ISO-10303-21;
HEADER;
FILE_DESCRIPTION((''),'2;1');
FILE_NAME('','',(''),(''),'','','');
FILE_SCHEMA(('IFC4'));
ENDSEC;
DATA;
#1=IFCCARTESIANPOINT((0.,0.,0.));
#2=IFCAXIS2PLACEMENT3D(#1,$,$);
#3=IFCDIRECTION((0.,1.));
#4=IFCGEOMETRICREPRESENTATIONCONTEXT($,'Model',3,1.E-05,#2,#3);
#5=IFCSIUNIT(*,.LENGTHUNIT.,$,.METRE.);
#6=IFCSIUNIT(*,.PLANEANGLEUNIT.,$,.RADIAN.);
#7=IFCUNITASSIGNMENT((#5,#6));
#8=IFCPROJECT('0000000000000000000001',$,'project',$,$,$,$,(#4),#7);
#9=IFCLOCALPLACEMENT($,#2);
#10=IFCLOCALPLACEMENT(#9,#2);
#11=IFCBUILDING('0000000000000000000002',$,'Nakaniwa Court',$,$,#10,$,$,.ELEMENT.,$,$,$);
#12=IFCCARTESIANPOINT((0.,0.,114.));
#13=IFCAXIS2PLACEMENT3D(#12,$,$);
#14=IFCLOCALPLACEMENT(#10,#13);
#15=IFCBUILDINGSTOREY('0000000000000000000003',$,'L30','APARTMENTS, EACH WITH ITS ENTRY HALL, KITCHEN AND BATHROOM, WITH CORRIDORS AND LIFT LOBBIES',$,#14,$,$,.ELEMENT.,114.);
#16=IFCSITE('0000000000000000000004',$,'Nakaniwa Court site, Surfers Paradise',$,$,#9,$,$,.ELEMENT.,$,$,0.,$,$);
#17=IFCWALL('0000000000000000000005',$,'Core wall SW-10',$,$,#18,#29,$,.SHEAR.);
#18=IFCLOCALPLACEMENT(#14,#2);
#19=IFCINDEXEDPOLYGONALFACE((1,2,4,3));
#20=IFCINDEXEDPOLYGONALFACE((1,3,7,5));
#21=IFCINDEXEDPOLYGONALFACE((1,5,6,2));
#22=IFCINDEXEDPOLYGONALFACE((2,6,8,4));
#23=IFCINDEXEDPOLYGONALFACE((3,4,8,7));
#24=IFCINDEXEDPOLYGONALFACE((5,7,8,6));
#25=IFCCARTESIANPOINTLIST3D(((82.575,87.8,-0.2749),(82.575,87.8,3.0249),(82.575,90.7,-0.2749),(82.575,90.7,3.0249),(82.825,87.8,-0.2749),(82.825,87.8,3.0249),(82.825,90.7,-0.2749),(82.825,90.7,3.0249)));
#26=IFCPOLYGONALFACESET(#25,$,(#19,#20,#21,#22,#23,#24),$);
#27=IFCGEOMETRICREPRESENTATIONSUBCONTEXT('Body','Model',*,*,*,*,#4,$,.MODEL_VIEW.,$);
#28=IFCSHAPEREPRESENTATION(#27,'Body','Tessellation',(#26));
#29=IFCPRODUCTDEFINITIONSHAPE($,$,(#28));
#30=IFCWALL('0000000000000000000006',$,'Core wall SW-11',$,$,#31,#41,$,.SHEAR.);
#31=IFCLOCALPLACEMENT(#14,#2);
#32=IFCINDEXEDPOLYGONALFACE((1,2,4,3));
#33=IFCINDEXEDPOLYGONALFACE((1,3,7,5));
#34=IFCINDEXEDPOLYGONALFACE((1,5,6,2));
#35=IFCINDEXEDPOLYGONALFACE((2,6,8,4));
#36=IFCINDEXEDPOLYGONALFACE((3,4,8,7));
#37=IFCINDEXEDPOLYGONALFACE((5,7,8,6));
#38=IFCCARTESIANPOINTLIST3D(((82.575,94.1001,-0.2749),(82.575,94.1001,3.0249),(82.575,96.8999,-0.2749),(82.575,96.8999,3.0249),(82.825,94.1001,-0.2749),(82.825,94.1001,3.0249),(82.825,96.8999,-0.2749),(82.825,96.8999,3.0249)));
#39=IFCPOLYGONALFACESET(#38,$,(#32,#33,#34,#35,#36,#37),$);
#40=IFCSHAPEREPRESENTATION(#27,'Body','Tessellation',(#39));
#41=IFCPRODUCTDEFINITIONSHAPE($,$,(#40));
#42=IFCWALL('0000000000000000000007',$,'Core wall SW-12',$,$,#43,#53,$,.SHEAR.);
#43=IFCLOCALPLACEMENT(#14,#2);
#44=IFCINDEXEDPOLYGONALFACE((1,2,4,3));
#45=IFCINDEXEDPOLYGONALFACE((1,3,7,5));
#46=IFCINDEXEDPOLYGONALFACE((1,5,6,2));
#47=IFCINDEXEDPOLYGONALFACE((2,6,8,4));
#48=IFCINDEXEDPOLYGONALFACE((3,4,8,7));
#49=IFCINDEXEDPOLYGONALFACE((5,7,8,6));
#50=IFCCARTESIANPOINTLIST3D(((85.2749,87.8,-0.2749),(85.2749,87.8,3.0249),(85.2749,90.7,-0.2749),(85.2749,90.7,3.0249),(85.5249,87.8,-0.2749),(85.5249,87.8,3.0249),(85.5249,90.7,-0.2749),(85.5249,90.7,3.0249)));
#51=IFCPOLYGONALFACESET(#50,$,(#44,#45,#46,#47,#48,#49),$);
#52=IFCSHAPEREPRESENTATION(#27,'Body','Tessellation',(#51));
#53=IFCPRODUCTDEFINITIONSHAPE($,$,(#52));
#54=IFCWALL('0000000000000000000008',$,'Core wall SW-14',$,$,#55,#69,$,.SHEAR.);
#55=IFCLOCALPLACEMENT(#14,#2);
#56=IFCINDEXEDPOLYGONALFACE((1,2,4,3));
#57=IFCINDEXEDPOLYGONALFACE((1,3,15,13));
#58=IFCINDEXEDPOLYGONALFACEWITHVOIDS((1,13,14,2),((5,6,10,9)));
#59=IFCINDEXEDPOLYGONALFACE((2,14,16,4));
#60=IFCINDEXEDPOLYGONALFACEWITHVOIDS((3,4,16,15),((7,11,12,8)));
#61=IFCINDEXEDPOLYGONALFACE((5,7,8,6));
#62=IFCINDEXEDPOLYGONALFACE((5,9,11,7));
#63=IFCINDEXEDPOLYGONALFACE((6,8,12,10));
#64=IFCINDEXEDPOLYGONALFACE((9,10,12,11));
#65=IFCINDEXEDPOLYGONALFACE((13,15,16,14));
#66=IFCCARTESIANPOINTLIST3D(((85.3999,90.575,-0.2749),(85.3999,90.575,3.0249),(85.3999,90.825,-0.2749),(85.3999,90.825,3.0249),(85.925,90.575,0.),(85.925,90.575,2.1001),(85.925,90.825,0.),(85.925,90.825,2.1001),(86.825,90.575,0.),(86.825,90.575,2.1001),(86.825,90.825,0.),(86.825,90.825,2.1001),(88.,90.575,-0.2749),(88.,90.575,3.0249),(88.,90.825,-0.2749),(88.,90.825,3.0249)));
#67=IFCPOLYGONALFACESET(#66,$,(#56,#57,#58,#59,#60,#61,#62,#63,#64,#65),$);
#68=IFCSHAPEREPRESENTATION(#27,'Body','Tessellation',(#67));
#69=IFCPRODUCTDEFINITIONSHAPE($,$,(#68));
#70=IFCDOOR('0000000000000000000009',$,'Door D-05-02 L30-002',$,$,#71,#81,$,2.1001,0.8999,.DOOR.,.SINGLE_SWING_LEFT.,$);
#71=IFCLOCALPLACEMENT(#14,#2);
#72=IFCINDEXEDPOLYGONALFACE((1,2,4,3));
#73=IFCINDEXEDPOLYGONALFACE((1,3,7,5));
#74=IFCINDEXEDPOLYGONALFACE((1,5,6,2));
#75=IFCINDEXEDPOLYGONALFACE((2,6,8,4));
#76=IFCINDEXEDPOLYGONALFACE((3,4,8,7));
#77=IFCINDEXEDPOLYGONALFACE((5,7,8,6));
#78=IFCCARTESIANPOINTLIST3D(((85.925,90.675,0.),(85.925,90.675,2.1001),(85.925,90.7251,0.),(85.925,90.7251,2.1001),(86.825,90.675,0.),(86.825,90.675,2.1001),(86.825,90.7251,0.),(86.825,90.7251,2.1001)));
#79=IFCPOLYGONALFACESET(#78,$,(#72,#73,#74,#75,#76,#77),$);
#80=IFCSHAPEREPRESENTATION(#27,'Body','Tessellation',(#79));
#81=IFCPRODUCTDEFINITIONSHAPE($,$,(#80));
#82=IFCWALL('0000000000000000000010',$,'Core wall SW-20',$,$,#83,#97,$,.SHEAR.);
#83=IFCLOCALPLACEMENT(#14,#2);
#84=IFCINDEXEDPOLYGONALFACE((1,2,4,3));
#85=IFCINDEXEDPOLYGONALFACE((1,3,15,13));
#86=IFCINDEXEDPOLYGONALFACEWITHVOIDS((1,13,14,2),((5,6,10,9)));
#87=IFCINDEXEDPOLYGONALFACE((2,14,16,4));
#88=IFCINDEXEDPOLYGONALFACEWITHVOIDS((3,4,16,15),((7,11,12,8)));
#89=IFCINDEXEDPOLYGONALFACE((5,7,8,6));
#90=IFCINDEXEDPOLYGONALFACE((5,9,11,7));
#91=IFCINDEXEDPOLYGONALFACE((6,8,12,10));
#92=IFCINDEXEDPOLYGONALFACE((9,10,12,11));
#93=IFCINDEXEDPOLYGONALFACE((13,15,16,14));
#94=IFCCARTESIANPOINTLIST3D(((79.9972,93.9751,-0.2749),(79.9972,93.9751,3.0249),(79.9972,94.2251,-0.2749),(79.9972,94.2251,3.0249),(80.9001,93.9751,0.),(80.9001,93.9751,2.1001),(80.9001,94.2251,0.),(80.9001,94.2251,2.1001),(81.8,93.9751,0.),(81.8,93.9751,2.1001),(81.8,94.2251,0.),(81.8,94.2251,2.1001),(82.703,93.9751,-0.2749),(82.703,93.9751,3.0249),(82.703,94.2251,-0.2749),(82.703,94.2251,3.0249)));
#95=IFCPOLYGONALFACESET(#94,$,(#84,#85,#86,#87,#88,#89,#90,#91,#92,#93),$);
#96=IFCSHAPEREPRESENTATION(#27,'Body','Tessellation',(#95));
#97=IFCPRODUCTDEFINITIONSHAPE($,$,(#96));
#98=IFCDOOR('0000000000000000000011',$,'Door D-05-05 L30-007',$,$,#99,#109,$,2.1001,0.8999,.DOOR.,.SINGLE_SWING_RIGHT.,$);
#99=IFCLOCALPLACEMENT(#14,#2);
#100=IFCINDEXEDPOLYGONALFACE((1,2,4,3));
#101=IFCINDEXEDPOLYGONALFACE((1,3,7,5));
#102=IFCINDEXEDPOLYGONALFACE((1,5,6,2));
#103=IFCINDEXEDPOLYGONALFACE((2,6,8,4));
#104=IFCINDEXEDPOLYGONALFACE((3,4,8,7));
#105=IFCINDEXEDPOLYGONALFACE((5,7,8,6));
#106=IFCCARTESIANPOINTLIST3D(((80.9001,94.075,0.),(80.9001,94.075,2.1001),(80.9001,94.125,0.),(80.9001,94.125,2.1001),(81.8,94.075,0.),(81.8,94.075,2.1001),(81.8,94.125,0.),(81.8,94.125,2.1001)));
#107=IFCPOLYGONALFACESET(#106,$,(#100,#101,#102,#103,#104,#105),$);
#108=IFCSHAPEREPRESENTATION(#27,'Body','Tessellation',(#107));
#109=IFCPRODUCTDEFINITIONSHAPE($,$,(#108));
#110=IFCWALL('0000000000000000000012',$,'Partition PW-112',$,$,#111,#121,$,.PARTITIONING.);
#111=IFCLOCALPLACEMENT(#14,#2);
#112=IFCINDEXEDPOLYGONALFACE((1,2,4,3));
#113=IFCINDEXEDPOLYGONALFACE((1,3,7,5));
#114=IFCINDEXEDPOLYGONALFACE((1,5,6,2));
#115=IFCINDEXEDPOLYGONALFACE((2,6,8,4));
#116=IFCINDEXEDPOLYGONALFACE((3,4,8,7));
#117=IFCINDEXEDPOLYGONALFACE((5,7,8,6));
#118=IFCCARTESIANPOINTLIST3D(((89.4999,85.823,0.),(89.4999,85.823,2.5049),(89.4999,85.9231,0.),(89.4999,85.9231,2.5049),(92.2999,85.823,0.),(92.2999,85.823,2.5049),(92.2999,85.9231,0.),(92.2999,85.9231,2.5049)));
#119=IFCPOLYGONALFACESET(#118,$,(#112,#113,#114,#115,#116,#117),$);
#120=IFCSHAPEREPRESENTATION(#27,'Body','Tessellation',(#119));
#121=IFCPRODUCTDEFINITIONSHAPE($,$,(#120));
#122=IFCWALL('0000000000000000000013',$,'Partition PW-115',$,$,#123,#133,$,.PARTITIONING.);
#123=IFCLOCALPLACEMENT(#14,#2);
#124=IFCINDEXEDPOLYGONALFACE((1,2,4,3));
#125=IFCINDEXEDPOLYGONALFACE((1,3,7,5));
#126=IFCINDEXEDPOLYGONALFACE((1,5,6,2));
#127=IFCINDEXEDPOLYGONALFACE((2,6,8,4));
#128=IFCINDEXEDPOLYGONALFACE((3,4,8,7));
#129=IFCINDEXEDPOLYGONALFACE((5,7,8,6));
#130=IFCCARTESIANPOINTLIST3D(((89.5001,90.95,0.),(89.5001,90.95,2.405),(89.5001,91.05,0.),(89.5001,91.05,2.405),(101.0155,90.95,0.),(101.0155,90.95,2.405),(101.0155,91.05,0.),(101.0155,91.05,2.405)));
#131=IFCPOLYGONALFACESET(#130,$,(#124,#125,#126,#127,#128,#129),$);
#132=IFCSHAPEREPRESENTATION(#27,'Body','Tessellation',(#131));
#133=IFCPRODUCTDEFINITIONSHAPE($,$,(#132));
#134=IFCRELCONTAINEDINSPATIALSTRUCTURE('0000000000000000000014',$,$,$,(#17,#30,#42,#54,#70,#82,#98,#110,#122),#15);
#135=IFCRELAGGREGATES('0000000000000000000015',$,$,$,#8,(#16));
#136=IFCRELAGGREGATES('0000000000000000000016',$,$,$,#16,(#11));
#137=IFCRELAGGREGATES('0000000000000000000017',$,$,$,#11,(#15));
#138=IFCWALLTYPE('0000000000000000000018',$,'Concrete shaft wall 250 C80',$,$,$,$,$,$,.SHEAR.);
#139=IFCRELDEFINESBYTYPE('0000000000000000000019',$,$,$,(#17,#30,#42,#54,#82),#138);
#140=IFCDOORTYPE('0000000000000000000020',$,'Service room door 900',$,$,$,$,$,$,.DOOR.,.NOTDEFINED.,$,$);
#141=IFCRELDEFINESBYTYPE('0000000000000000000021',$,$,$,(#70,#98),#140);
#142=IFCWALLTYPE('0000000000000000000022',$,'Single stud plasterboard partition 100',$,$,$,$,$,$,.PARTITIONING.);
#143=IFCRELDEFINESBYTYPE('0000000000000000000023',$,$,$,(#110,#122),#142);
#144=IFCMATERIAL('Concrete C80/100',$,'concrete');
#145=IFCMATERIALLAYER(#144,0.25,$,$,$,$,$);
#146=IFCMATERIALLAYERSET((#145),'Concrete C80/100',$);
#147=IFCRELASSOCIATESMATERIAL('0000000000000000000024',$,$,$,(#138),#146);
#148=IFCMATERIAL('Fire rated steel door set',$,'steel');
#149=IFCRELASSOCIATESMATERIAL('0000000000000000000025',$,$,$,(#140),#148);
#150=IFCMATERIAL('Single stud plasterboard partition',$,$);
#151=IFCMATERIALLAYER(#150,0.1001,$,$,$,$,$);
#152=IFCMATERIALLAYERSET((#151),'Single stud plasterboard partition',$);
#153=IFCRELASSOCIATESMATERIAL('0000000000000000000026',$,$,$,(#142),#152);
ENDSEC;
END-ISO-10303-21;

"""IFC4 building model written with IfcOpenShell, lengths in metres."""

from ifc_helpers import new_model, si_unit, direction, frame, frame_2d, origin, place, context, subcontext, project, spatial, rectangle, extrude, material, layer, layer_set, type_object, element, fill, save


model = new_model("IFC4")

# Units and contexts
model_context = context("Model", 3, precision=1e-05, world=origin(), true_north=direction((0.0, 1.0)))
body_context = subcontext(model_context, "Body", "Model", "MODEL_VIEW")
ifc_project = project(units=[si_unit("LENGTHUNIT", "METRE"), si_unit("PLANEANGLEUNIT", "RADIAN")], contexts=[model_context])

# Site, building, storey
site_placement = place(None, origin())
site = spatial("IfcSite", under=ifc_project, at=site_placement, Name="Nakaniwa Court site, Surfers Paradise", CompositionType="ELEMENT", RefElevation=0.0)
building_placement = place(site_placement, origin())
building = spatial("IfcBuilding", under=site, at=building_placement, Name="Nakaniwa Court", CompositionType="ELEMENT")
storey_placement = place(building_placement, frame((0.0, 0.0, 114.0)))
storey = spatial("IfcBuildingStorey", under=building, at=storey_placement, Name="L30", Description="APARTMENTS, EACH WITH ITS ENTRY HALL, KITCHEN AND BATHROOM, WITH CORRIDORS AND LIFT LOBBIES", CompositionType="ELEMENT", Elevation=114.0)

# Shared definitions
ifc_material_1 = material(Name="Concrete C80/100", Category="concrete")

# Walls
ifc_layer_1 = layer(ifc_material_1, 0.25)
ifc_layer_set_1 = layer_set([ifc_layer_1], Name="Concrete C80/100")
wall_type_1 = type_object("IfcWallType", Name="Concrete shaft wall 250 C80", PredefinedType="SHEAR", material=ifc_layer_set_1)
wall_1_placement = place(storey_placement, frame((82.7, 87.8, -0.2749), z_axis=(0.0, 0.0, 1.0), x_axis=(0.0, 1.0, 0.0)))
element("IfcWall", 1, at=wall_1_placement, inside=storey, type_object=wall_type_1, Name="Core wall SW-10", PredefinedType="SHEAR", context=body_context, shape_type="SweptSolid", body=[
    extrude(rectangle(XDim=2.8999, YDim=0.25, at=frame_2d((1.45, 0.0))), origin(), (0.0, 0.0, 1.0), 3.2998),
])
wall_2_placement = place(storey_placement, frame((82.7, 94.1001, -0.2749), z_axis=(0.0, 0.0, 1.0), x_axis=(0.0, 1.0, 0.0)))
element("IfcWall", 2, at=wall_2_placement, inside=storey, type_object=wall_type_1, Name="Core wall SW-11", PredefinedType="SHEAR", context=body_context, shape_type="SweptSolid", body=[
    extrude(rectangle(XDim=2.7998, YDim=0.25, at=frame_2d((1.3999, 0.0))), origin(), (0.0, 0.0, 1.0), 3.2998),
])
wall_3_placement = place(storey_placement, frame((85.3999, 87.8, -0.2749), z_axis=(0.0, 0.0, 1.0), x_axis=(0.0, 1.0, 0.0)))
element("IfcWall", 3, at=wall_3_placement, inside=storey, type_object=wall_type_1, Name="Core wall SW-12", PredefinedType="SHEAR", context=body_context, shape_type="SweptSolid", body=[
    extrude(rectangle(XDim=2.8999, YDim=0.25, at=frame_2d((1.45, 0.0))), origin(), (0.0, 0.0, 1.0), 3.2998),
])

# Walls, openings, doors
wall_4_placement = place(storey_placement, frame((88.0, 90.7, -0.2749), z_axis=(0.0, 0.0, 1.0), x_axis=(-1.0, 0.0, 0.0)))
wall_4 = element("IfcWall", 4, at=wall_4_placement, inside=storey, type_object=wall_type_1, Name="Core wall SW-14", PredefinedType="SHEAR", context=body_context, shape_type="SweptSolid", body=[
    extrude(rectangle(XDim=2.6001, YDim=0.25, at=frame_2d((1.3, 0.0))), origin(), (0.0, 0.0, 1.0), 3.2998),
])
opening_1_placement = place(wall_4_placement, frame((1.175, 0.0, 0.2749)))
opening_1 = element("IfcOpeningElement", 5, at=opening_1_placement, cuts=wall_4, PredefinedType="OPENING", context=body_context, shape_type="SweptSolid", body=[
    extrude(rectangle(XDim=0.8999, YDim=2.1001, at=frame_2d((0.45, 1.05))), frame((0.0, 0.135, 0.0), z_axis=(0.0, -1.0, 0.0), x_axis=(1.0, 0.0, 0.0)), (0.0, 0.0, 1.0), 0.27),
])
ifc_material_2 = material(Name="Fire rated steel door set", Category="steel")
door_type = type_object("IfcDoorType", Name="Service room door 900", OperationType="NOTDEFINED", PredefinedType="DOOR", material=ifc_material_2)
door_1_placement = place(opening_1_placement, origin())
door_1 = element("IfcDoor", 6, at=door_1_placement, inside=storey, type_object=door_type, Name="Door D-05-02 L30-002", OperationType="SINGLE_SWING_LEFT", OverallHeight=2.1001, OverallWidth=0.8999, PredefinedType="DOOR", context=body_context, shape_type="SweptSolid", body=[
    extrude(rectangle(XDim=0.8999, YDim=2.1001, at=frame_2d((0.45, 1.05))), frame((0.0, 0.0249, 0.0), z_axis=(0.0, -1.0, 0.0), x_axis=(1.0, 0.0, 0.0)), (0.0, 0.0, 1.0), 0.05),
])
fill(opening_1, door_1)
wall_5_placement = place(storey_placement, frame((79.9971, 94.1001, -0.2749), z_axis=(0.0, 0.0, 1.0), x_axis=(1.0, 0.0, 0.0)))
wall_5 = element("IfcWall", 7, at=wall_5_placement, inside=storey, type_object=wall_type_1, Name="Core wall SW-20", PredefinedType="SHEAR", context=body_context, shape_type="SweptSolid", body=[
    extrude(rectangle(XDim=2.7058, YDim=0.25, at=frame_2d((1.353, 0.0))), origin(), (0.0, 0.0, 1.0), 3.2998),
])
opening_2_placement = place(wall_5_placement, frame((0.9031, 0.0, 0.2749)))
opening_2 = element("IfcOpeningElement", 8, at=opening_2_placement, cuts=wall_5, PredefinedType="OPENING", context=body_context, shape_type="SweptSolid", body=[
    extrude(rectangle(XDim=0.8999, YDim=2.1001, at=frame_2d((0.45, 1.05))), frame((0.0, 0.135, 0.0), z_axis=(0.0, -1.0, 0.0), x_axis=(1.0, 0.0, 0.0)), (0.0, 0.0, 1.0), 0.27),
])
door_2_placement = place(opening_2_placement, origin())
door_2 = element("IfcDoor", 9, at=door_2_placement, inside=storey, type_object=door_type, Name="Door D-05-05 L30-007", OperationType="SINGLE_SWING_RIGHT", OverallHeight=2.1001, OverallWidth=0.8999, PredefinedType="DOOR", context=body_context, shape_type="SweptSolid", body=[
    extrude(rectangle(XDim=0.8999, YDim=2.1001, at=frame_2d((0.45, 1.05))), frame((0.0, 0.0249, 0.0), z_axis=(0.0, -1.0, 0.0), x_axis=(1.0, 0.0, 0.0)), (0.0, 0.0, 1.0), 0.05),
])
fill(opening_2, door_2)

# Walls
ifc_material_3 = material(Name="Single stud plasterboard partition")
ifc_layer_2 = layer(ifc_material_3, 0.1001)
ifc_layer_set_2 = layer_set([ifc_layer_2], Name="Single stud plasterboard partition")
wall_type_2 = type_object("IfcWallType", Name="Single stud plasterboard partition 100", PredefinedType="PARTITIONING", material=ifc_layer_set_2)
wall_6_placement = place(storey_placement, frame((89.5, 85.873, 0.0), z_axis=(0.0, 0.0, 1.0), x_axis=(1.0, 0.0, 0.0)))
element("IfcWall", 10, at=wall_6_placement, inside=storey, type_object=wall_type_2, Name="Partition PW-112", PredefinedType="PARTITIONING", context=body_context, shape_type="SweptSolid", body=[
    extrude(rectangle(XDim=2.8, YDim=0.1001, at=frame_2d((1.3999, 0.0))), origin(), (0.0, 0.0, 1.0), 2.5049),
])
wall_7_placement = place(storey_placement, frame((89.5, 91.0, 0.0), z_axis=(0.0, 0.0, 1.0), x_axis=(1.0, 0.0, 0.0)))
element("IfcWall", 11, at=wall_7_placement, inside=storey, type_object=wall_type_2, Name="Partition PW-115", PredefinedType="PARTITIONING", context=body_context, shape_type="SweptSolid", body=[
    extrude(rectangle(XDim=11.5154, YDim=0.1001, at=frame_2d((5.7578, 0.0))), origin(), (0.0, 0.0, 1.0), 2.405),
])

save(model, "model.ifc")
